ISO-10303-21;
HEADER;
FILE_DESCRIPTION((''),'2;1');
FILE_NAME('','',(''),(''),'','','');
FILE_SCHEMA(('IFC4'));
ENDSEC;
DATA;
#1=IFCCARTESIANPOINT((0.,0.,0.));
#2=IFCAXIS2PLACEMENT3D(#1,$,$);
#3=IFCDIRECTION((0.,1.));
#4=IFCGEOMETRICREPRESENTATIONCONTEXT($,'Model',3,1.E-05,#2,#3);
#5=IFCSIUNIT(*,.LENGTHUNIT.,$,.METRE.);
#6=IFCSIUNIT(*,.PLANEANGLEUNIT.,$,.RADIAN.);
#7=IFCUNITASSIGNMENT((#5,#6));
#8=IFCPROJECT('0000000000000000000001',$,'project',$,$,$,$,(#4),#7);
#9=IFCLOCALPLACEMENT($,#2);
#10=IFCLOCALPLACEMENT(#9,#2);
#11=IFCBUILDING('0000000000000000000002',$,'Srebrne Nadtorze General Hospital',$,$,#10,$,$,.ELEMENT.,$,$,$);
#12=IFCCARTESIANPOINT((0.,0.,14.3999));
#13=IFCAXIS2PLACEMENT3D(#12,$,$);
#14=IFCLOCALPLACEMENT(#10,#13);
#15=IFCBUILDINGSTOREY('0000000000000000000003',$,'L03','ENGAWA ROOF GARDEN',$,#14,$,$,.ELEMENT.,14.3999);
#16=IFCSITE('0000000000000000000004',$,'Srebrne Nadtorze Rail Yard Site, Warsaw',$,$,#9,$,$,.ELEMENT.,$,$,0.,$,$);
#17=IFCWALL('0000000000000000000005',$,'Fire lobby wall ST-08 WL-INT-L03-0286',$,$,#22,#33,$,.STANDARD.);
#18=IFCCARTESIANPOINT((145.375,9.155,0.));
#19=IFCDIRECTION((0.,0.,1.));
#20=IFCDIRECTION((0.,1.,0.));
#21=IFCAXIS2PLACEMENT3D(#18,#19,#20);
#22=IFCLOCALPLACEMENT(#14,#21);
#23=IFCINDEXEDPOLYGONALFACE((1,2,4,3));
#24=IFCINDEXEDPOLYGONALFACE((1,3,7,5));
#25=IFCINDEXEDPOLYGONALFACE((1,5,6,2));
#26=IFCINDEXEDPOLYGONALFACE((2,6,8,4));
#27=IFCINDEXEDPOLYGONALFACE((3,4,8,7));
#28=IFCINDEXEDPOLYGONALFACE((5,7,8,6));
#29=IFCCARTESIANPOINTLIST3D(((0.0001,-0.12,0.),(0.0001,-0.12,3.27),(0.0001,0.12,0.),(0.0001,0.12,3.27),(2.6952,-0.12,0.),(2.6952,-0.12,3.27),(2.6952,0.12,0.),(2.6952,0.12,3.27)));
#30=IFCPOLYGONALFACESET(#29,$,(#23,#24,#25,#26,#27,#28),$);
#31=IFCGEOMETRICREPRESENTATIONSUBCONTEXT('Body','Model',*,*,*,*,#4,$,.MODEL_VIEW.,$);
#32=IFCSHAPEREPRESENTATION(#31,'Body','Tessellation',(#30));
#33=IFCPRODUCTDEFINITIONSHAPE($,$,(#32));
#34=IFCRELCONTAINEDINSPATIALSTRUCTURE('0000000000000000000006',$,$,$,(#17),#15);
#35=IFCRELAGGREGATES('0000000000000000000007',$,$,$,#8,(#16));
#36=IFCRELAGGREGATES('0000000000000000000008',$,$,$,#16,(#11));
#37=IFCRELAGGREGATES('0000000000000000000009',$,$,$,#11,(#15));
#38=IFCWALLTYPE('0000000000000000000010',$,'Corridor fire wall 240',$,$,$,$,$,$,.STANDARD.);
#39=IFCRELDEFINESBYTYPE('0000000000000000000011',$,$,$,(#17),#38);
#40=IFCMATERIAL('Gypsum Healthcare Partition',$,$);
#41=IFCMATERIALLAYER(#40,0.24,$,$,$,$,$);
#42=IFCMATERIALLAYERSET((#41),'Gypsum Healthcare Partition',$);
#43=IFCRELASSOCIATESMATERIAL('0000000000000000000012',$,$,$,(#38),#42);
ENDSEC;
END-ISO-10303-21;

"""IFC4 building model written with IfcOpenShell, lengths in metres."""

from ifc_helpers import new_model, si_unit, direction, frame, frame_2d, origin, place, context, subcontext, project, spatial, rectangle, extrude, material, layer, layer_set, type_object, element, save


model = new_model("IFC4")

# Units and contexts
model_context = context("Model", 3, precision=1e-05, world=origin(), true_north=direction((0.0, 1.0)))
body_context = subcontext(model_context, "Body", "Model", "MODEL_VIEW")
ifc_project = project(units=[si_unit("LENGTHUNIT", "METRE"), si_unit("PLANEANGLEUNIT", "RADIAN")], contexts=[model_context])

# Site, building, storey
site_placement = place(None, origin())
site = spatial("IfcSite", under=ifc_project, at=site_placement, Name="Srebrne Nadtorze Rail Yard Site, Warsaw", CompositionType="ELEMENT", RefElevation=0.0)
building_placement = place(site_placement, origin())
building = spatial("IfcBuilding", under=site, at=building_placement, Name="Srebrne Nadtorze General Hospital", CompositionType="ELEMENT")
storey_placement = place(building_placement, frame((0.0, 0.0, 14.3999)))
storey = spatial("IfcBuildingStorey", under=building, at=storey_placement, Name="L03", Description="ENGAWA ROOF GARDEN", CompositionType="ELEMENT", Elevation=14.3999)

# Wall
ifc_material_1 = material(Name="Gypsum Healthcare Partition")
ifc_layer_1 = layer(ifc_material_1, 0.24)
ifc_layer_set_1 = layer_set([ifc_layer_1], Name="Gypsum Healthcare Partition")
wall_type_1 = type_object("IfcWallType", Name="Corridor fire wall 240", PredefinedType="STANDARD", material=ifc_layer_set_1)
wall_1_placement = place(storey_placement, frame((145.375, 9.155, 0.0), z_axis=(0.0, 0.0, 1.0), x_axis=(0.0, 1.0, 0.0)))
element("IfcWall", 1, at=wall_1_placement, inside=storey, type_object=wall_type_1, Name="Fire lobby wall ST-08 WL-INT-L03-0286", PredefinedType="STANDARD", context=body_context, shape_type="SweptSolid", body=[
    extrude(rectangle(XDim=2.6951, YDim=0.24, at=frame_2d((1.3477, 0.0))), origin(), (0.0, 0.0, 1.0), 3.27),
])

save(model, "model.ifc")
